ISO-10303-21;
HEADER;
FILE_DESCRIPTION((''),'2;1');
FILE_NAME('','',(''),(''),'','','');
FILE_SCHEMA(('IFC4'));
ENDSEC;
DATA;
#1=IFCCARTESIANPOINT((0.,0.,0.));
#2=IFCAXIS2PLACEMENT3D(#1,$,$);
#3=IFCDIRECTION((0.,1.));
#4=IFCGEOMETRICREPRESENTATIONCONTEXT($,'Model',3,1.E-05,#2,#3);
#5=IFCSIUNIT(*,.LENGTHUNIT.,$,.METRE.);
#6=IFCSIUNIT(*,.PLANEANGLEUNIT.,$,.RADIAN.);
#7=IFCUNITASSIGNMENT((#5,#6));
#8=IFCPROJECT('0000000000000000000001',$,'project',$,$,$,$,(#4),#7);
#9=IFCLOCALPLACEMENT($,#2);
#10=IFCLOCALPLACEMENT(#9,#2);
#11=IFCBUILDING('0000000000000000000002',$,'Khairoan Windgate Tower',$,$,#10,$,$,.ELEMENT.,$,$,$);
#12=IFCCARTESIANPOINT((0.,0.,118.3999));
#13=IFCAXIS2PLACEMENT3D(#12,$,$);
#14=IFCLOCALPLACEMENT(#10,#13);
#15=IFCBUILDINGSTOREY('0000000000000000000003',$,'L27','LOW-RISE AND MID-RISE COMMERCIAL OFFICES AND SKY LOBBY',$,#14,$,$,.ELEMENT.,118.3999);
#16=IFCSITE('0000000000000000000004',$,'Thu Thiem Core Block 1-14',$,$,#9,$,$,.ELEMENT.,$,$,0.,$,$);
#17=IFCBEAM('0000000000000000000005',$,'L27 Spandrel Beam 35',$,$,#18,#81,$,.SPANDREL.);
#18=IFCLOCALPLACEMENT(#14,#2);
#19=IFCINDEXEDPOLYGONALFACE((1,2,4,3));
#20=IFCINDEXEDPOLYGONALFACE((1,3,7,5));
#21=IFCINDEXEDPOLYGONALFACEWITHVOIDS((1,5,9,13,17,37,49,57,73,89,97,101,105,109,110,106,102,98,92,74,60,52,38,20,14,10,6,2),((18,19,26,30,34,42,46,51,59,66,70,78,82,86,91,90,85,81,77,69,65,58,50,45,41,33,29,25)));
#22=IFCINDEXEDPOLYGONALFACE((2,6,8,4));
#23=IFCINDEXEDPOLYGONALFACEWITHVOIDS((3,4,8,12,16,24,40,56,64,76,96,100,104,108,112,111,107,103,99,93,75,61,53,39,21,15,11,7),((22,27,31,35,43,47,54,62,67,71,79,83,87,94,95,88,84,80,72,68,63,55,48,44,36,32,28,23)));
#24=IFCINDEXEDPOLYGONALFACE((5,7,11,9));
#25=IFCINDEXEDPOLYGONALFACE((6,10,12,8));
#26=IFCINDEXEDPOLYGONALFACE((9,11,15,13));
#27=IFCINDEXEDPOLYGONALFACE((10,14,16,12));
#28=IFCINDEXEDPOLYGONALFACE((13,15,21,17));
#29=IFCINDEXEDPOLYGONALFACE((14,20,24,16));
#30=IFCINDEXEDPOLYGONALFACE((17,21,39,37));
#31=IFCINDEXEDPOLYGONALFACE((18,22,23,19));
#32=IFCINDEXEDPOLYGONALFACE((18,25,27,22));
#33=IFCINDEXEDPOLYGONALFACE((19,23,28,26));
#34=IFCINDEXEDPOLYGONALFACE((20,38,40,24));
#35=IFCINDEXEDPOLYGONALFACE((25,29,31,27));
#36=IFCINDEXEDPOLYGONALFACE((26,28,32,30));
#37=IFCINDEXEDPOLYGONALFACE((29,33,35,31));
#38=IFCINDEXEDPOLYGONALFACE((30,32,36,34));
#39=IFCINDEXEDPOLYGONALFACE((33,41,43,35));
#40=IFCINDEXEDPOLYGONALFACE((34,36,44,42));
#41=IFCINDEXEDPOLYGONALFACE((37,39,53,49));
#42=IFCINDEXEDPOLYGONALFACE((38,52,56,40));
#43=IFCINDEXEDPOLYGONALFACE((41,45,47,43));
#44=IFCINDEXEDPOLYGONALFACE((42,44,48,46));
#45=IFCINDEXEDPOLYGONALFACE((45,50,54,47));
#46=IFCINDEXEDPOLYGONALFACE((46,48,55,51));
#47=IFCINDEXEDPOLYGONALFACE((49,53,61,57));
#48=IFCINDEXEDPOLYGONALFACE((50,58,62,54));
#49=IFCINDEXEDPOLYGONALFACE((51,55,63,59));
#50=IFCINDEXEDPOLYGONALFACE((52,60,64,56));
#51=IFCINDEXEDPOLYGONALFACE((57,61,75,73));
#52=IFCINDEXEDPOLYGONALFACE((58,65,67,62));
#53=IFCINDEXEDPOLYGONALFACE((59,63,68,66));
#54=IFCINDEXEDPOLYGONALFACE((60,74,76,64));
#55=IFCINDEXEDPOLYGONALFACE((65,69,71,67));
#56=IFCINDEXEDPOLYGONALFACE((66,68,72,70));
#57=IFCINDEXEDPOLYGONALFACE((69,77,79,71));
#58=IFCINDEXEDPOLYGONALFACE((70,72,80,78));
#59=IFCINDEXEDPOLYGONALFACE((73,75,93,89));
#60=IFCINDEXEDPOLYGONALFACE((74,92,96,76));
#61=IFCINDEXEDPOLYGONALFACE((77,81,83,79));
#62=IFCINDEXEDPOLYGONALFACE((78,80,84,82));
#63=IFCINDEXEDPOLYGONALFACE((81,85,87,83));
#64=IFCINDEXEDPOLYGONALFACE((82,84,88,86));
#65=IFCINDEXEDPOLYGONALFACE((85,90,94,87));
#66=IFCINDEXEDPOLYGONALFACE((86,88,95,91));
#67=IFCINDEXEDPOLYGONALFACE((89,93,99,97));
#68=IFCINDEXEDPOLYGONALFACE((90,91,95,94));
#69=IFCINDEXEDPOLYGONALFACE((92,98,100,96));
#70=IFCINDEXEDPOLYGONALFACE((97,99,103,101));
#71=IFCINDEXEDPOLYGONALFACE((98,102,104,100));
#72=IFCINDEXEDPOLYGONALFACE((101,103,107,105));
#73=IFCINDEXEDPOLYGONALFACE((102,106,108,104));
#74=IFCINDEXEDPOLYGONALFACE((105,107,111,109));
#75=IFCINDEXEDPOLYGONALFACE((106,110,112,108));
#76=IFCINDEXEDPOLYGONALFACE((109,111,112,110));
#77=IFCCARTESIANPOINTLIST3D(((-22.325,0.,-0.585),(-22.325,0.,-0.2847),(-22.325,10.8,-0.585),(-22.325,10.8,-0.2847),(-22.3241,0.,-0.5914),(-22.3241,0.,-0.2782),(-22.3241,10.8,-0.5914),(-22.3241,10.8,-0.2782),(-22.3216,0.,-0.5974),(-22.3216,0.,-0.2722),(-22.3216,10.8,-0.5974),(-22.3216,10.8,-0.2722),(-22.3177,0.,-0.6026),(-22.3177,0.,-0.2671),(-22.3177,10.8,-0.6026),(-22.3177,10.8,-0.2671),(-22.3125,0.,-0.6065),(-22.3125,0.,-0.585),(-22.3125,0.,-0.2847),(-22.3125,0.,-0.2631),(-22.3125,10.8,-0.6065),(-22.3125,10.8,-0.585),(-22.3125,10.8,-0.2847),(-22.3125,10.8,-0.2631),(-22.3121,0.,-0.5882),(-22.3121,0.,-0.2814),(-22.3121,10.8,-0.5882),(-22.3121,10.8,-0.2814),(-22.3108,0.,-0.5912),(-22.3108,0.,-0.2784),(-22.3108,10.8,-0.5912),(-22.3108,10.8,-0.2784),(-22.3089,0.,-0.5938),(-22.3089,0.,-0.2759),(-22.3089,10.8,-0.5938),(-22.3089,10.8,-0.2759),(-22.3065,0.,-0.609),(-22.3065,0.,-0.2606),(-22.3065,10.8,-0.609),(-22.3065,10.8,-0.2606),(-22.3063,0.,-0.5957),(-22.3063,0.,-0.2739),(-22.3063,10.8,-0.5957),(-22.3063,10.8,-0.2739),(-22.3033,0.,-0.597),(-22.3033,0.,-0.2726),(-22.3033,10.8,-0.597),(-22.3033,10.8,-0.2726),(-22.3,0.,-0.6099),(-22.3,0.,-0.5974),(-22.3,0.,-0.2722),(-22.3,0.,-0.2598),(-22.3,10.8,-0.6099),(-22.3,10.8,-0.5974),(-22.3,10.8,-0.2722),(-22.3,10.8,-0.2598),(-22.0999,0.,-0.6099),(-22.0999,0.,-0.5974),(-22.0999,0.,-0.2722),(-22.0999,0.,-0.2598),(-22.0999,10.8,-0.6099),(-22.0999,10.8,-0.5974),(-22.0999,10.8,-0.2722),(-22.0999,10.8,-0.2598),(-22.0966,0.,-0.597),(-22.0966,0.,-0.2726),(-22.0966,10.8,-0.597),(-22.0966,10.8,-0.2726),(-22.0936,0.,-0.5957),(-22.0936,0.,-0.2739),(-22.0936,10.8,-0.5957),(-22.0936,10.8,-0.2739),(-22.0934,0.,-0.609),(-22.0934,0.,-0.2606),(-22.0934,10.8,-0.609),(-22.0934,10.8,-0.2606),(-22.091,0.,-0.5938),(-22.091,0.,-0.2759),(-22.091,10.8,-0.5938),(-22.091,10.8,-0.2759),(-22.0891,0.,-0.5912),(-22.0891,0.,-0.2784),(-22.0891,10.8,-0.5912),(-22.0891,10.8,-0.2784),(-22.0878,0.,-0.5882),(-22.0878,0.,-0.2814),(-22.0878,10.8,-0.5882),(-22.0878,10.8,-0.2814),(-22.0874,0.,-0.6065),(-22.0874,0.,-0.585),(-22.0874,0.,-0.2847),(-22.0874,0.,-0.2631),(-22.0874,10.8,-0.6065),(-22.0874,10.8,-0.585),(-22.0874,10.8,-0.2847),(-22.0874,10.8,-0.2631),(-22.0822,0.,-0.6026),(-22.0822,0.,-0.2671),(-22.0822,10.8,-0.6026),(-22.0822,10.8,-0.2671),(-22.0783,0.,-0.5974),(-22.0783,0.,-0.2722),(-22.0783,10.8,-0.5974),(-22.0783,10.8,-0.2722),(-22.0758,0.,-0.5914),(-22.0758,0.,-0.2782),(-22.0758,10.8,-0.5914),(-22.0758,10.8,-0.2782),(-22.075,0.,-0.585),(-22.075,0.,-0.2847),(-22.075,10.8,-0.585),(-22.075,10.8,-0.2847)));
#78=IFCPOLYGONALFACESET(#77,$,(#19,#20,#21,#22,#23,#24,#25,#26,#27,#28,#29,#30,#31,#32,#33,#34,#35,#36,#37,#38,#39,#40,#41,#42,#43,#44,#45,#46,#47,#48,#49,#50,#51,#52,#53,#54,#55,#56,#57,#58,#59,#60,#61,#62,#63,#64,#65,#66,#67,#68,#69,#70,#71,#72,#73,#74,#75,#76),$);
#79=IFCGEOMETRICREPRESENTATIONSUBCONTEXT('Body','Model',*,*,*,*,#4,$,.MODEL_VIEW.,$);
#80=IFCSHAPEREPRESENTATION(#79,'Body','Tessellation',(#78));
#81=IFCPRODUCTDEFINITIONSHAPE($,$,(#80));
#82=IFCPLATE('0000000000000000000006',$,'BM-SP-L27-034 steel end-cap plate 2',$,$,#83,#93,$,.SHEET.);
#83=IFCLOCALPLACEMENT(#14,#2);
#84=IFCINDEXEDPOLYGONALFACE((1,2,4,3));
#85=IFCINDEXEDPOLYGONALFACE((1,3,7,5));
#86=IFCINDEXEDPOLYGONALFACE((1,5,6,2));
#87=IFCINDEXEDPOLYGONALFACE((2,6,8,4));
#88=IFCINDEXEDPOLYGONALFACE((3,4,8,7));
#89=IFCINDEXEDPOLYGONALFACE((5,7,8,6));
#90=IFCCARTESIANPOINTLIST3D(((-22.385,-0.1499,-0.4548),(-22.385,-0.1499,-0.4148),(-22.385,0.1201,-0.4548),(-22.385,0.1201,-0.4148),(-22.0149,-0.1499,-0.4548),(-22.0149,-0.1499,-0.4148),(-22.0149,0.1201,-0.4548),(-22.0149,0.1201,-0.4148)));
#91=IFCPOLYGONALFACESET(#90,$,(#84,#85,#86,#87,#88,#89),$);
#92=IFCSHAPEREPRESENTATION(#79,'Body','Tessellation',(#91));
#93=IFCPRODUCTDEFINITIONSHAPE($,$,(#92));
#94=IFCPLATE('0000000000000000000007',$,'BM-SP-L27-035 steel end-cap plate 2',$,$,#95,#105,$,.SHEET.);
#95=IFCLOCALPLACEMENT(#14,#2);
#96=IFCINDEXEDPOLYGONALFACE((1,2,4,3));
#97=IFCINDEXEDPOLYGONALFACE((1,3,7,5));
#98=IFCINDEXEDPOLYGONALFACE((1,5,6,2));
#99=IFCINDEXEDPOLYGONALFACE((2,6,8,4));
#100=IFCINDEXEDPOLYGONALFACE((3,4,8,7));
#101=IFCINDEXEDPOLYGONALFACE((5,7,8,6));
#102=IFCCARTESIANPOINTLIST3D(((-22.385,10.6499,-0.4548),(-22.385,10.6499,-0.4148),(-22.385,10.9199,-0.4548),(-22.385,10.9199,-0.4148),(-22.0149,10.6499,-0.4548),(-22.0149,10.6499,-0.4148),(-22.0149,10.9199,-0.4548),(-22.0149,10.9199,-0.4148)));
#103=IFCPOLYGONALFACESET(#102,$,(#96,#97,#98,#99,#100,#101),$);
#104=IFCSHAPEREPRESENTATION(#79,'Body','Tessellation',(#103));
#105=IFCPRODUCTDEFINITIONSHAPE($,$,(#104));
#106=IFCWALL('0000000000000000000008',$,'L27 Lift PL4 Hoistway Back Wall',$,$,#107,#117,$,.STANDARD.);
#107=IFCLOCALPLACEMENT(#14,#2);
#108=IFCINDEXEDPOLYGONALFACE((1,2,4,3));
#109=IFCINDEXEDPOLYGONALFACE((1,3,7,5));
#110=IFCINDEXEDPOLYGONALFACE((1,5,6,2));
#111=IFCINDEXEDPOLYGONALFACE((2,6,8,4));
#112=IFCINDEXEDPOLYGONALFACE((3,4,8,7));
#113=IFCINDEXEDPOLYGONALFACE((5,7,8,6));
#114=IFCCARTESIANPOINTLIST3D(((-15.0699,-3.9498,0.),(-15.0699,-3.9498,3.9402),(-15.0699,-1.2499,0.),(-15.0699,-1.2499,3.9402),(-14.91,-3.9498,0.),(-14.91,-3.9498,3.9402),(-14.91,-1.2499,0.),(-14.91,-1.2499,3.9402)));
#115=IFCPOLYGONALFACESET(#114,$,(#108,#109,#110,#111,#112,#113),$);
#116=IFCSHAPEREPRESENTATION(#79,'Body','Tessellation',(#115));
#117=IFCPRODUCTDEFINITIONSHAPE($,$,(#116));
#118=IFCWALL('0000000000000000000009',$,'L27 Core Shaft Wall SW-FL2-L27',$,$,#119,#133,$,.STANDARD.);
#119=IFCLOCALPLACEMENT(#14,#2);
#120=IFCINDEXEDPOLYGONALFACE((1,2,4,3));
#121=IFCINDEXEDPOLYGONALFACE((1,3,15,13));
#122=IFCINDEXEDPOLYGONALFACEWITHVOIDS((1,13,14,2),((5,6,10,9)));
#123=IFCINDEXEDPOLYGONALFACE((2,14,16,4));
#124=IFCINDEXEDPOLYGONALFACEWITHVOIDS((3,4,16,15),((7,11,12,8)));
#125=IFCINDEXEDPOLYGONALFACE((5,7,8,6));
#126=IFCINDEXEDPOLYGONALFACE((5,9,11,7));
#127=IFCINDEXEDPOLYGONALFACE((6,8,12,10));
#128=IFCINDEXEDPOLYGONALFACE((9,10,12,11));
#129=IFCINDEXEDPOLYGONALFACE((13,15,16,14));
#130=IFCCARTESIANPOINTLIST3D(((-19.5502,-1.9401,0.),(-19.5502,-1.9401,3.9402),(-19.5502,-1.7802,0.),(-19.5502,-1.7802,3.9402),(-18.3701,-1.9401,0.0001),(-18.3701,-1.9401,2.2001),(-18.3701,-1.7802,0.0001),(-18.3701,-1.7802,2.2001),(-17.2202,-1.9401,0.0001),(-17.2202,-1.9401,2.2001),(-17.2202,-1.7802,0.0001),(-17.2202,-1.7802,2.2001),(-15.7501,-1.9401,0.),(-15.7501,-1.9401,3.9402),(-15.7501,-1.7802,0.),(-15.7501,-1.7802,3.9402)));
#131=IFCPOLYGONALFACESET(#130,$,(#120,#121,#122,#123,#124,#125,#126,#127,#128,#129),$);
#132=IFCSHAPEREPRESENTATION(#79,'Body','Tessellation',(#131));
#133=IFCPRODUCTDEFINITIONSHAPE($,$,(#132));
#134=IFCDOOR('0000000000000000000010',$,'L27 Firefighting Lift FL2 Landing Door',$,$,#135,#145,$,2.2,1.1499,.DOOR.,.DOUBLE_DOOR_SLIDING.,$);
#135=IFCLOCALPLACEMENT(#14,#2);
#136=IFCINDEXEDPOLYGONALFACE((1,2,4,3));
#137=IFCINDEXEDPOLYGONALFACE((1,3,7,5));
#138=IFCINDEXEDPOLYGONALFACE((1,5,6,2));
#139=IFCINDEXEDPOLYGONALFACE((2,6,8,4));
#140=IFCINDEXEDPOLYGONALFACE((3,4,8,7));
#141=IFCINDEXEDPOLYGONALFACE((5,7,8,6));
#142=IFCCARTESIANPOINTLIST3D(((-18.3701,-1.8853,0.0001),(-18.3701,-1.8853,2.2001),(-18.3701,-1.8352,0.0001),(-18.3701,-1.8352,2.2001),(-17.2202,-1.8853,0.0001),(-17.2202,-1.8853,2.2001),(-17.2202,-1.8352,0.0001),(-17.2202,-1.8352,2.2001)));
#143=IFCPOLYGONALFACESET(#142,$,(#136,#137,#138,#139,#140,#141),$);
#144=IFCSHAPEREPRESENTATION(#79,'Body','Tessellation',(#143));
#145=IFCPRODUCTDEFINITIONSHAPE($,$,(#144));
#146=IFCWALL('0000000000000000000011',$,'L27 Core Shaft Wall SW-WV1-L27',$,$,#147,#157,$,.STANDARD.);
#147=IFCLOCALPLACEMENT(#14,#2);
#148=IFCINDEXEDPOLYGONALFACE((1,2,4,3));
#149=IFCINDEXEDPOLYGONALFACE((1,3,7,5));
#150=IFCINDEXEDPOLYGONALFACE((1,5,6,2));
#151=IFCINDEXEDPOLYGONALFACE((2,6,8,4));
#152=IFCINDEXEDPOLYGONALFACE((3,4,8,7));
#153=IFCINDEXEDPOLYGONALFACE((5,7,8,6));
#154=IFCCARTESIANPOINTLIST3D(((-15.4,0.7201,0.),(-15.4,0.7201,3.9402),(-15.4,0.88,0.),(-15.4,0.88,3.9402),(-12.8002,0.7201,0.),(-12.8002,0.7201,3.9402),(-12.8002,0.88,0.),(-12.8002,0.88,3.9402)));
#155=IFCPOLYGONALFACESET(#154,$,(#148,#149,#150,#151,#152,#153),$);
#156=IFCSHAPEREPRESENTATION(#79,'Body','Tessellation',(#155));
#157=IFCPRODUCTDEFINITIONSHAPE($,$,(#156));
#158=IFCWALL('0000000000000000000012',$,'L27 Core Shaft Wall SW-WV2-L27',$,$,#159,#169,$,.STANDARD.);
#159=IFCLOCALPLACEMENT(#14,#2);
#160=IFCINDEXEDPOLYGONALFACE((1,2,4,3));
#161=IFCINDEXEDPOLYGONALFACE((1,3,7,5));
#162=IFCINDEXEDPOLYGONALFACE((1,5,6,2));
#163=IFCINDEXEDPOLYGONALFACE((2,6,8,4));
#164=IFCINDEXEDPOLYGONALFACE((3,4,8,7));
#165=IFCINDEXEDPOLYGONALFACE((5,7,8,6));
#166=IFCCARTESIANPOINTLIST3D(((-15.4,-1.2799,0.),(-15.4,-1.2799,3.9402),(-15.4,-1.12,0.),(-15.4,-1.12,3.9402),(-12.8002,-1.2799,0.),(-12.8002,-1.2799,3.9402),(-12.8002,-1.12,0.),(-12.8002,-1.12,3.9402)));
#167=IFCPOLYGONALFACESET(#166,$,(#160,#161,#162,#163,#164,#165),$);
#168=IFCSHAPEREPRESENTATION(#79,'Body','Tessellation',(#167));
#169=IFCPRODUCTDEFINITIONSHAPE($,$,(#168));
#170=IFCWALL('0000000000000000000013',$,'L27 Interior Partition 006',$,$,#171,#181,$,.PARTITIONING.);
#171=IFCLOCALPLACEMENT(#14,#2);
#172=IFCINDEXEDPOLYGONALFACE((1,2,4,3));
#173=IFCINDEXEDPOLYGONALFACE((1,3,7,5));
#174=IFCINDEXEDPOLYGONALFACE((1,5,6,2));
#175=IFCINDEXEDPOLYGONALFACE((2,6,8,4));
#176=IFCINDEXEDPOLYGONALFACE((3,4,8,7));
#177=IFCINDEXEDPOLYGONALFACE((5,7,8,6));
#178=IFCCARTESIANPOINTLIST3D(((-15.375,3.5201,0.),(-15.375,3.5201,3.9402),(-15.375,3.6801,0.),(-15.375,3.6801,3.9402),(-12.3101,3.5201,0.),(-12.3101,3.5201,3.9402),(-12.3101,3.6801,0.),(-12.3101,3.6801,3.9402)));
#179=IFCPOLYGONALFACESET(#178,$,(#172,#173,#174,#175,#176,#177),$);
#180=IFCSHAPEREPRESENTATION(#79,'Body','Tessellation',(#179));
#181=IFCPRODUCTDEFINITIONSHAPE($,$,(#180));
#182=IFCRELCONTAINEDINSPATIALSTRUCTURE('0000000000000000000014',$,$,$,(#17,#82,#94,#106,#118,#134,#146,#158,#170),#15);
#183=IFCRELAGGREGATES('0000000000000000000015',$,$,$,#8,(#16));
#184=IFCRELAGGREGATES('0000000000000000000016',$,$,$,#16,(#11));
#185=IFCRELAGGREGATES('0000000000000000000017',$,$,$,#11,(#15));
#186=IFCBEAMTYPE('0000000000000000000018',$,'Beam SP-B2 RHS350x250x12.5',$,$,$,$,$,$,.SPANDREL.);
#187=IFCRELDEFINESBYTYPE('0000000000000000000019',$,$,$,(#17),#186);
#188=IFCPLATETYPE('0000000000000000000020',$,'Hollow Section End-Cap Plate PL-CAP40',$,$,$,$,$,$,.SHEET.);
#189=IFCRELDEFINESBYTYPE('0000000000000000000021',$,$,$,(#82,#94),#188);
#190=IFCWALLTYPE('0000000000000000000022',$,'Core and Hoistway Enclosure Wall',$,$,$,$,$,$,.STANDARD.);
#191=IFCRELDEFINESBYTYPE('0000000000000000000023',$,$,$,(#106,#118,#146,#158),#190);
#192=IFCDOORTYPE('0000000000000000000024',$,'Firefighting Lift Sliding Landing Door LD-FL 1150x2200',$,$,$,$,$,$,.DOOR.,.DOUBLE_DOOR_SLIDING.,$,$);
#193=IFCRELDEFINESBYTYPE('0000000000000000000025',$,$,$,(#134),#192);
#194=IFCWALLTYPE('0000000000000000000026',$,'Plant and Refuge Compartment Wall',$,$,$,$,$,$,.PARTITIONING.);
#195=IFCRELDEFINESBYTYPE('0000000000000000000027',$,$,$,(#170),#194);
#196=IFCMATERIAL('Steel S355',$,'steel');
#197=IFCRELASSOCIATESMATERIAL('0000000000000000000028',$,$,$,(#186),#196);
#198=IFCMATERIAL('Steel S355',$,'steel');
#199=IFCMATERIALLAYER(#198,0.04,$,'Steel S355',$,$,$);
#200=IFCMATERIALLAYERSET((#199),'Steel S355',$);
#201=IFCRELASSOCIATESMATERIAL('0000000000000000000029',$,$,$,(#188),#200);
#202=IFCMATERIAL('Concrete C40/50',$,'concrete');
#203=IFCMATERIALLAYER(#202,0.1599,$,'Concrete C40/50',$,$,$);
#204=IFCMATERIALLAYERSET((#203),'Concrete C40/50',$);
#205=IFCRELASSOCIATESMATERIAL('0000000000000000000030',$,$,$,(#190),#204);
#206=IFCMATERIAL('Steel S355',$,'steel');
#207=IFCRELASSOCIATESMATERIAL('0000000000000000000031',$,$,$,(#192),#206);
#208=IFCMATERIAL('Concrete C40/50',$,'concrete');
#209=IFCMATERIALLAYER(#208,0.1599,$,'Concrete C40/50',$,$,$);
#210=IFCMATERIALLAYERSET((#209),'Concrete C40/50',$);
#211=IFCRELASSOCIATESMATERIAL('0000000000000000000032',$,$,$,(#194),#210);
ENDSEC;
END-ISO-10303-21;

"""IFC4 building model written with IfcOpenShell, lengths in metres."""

from ifc_helpers import new_model, si_unit, direction, frame, frame_2d, origin, origin_2d, place, context, subcontext, project, spatial, rectangle, hollow_rectangle, extrude, material, layer, layer_set, material_profile, profile_set, type_object, element, fill, save


model = new_model("IFC4")

# Units and contexts
model_context = context("Model", 3, precision=1e-05, world=origin(), true_north=direction((0.0, 1.0)))
body_context = subcontext(model_context, "Body", "Model", "MODEL_VIEW")
ifc_project = project(units=[si_unit("LENGTHUNIT", "METRE"), si_unit("PLANEANGLEUNIT", "RADIAN")], contexts=[model_context])

# Site, building, storey
site_placement = place(None, origin())
site = spatial("IfcSite", under=ifc_project, at=site_placement, Name="Thu Thiem Core Block 1-14", CompositionType="ELEMENT", RefElevation=0.0)
building_placement = place(site_placement, origin())
building = spatial("IfcBuilding", under=site, at=building_placement, Name="Khairoan Windgate Tower", CompositionType="ELEMENT")
storey_placement = place(building_placement, frame((0.0, 0.0, 118.3999)))
storey = spatial("IfcBuildingStorey", under=building, at=storey_placement, Name="L27", Description="LOW-RISE AND MID-RISE COMMERCIAL OFFICES AND SKY LOBBY", CompositionType="ELEMENT", Elevation=118.3999)

# Beam
ifc_material_1 = material(Name="Steel S355", Category="steel")
ifc_material_profile_1 = material_profile(ifc_material_1, hollow_rectangle(XDim=0.25, YDim=0.3501, WallThickness=0.0125, InnerFilletRadius=0.0125, OuterFilletRadius=0.0249, at=origin_2d()))
ifc_profile_set_1 = profile_set([ifc_material_profile_1], Name="Steel S355")
beam_type_1 = type_object("IfcBeamType", Name="Beam SP-B2 RHS350x250x12.5", PredefinedType="SPANDREL", material=ifc_profile_set_1)
beam_1_placement = place(storey_placement, frame((-22.2, 0.0, -0.4348), z_axis=(0.0, 1.0, 0.0), x_axis=(-1.0, 0.0, 0.0)))
element("IfcBeam", 1, at=beam_1_placement, inside=storey, type_object=beam_type_1, Name="L27 Spandrel Beam 35", PredefinedType="SPANDREL", context=body_context, shape_type="SweptSolid", body=[
    extrude(hollow_rectangle(XDim=0.25, YDim=0.3501, WallThickness=0.0125, InnerFilletRadius=0.0125, OuterFilletRadius=0.0249, at=origin_2d()), origin(), (0.0, 0.0, 1.0), 10.8),
])

# Plates
ifc_material_2 = material(Name="Steel S355", Category="steel")
ifc_layer_1 = layer(ifc_material_2, 0.04, Name="Steel S355")
ifc_layer_set_1 = layer_set([ifc_layer_1], Name="Steel S355")
plate_type = type_object("IfcPlateType", Name="Hollow Section End-Cap Plate PL-CAP40", PredefinedType="SHEET", material=ifc_layer_set_1)
for number, where, z_axis, x_axis, name in (
    (2, (-22.2, -0.0149, -0.4548), (0.0, 0.0, 1.0), (0.0, 1.0, 0.0), "BM-SP-L27-034 steel end-cap plate 2"),
    (3, (-22.2, 10.7849, -0.4548), (0.0, 0.0, 1.0), (0.0, 1.0, 0.0), "BM-SP-L27-035 steel end-cap plate 2"),
):
    element("IfcPlate", number, at=place(storey_placement, frame(where, z_axis=z_axis, x_axis=x_axis)), inside=storey, type_object=plate_type, Name=name, PredefinedType="SHEET", context=body_context, shape_type="SweptSolid", body=[
        extrude(rectangle(XDim=0.27, YDim=0.3701, at=origin_2d()), origin(), (0.0, 0.0, 1.0), 0.04),
    ])

# Wall
ifc_material_3 = material(Name="Concrete C40/50", Category="concrete")
ifc_layer_2 = layer(ifc_material_3, 0.1599, Name="Concrete C40/50")
ifc_layer_set_2 = layer_set([ifc_layer_2], Name="Concrete C40/50")
wall_type_1 = type_object("IfcWallType", Name="Core and Hoistway Enclosure Wall", PredefinedType="STANDARD", material=ifc_layer_set_2)
wall_1_placement = place(storey_placement, frame((-14.99, -3.95, 0.0), z_axis=(0.0, 0.0, 1.0), x_axis=(0.0, 1.0, 0.0)))
element("IfcWall", 4, at=wall_1_placement, inside=storey, type_object=wall_type_1, Name="L27 Lift PL4 Hoistway Back Wall", PredefinedType="STANDARD", context=body_context, shape_type="SweptSolid", body=[
    extrude(rectangle(XDim=2.7, YDim=0.1599, at=frame_2d((1.3501, 0.0))), origin(), (0.0, 0.0, 1.0), 3.9402),
])

# Wall, opening, door
wall_2_placement = place(storey_placement, frame((-19.55, -1.8601, 0.0), z_axis=(0.0, 0.0, 1.0), x_axis=(1.0, 0.0, 0.0)))
wall_2 = element("IfcWall", 5, at=wall_2_placement, inside=storey, type_object=wall_type_1, Name="L27 Core Shaft Wall SW-FL2-L27", PredefinedType="STANDARD", context=body_context, shape_type="SweptSolid", body=[
    extrude(rectangle(XDim=3.8, YDim=0.1599, at=frame_2d((1.8999, 0.0))), origin(), (0.0, 0.0, 1.0), 3.9402),
])
opening_1_placement = place(wall_2_placement, frame((1.1799, 0.0, 0.0)))
opening_1 = element("IfcOpeningElement", 6, at=opening_1_placement, cuts=wall_2, PredefinedType="OPENING", context=body_context, shape_type="SweptSolid", body=[
    extrude(rectangle(XDim=1.1499, YDim=2.2, at=frame_2d((0.575, 1.1001))), frame((0.0, 0.0898, 0.0), z_axis=(0.0, -1.0, 0.0), x_axis=(1.0, 0.0, 0.0)), (0.0, 0.0, 1.0), 0.1799),
])
ifc_material_4 = material(Name="Steel S355", Category="steel")
door_type_1 = type_object("IfcDoorType", Name="Firefighting Lift Sliding Landing Door LD-FL 1150x2200", OperationType="DOUBLE_DOOR_SLIDING", PredefinedType="DOOR", material=ifc_material_4)
door_1_placement = place(opening_1_placement, origin())
door_1 = element("IfcDoor", 7, at=door_1_placement, inside=storey, type_object=door_type_1, Name="L27 Firefighting Lift FL2 Landing Door", OperationType="DOUBLE_DOOR_SLIDING", OverallHeight=2.2, OverallWidth=1.1499, PredefinedType="DOOR", context=body_context, shape_type="SweptSolid", body=[
    extrude(rectangle(XDim=1.1499, YDim=2.2, at=frame_2d((0.575, 1.1001))), frame((0.0, 0.0249, 0.0), z_axis=(0.0, -1.0, 0.0), x_axis=(1.0, 0.0, 0.0)), (0.0, 0.0, 1.0), 0.05),
])
fill(opening_1, door_1)

# Walls
for number, where, z_axis, x_axis, name in (
    (8, (-15.3999, 0.8, 0.0), (0.0, 0.0, 1.0), (1.0, 0.0, 0.0), "L27 Core Shaft Wall SW-WV1-L27"),
    (9, (-15.3999, -1.2, 0.0), (0.0, 0.0, 1.0), (1.0, 0.0, 0.0), "L27 Core Shaft Wall SW-WV2-L27"),
):
    element("IfcWall", number, at=place(storey_placement, frame(where, z_axis=z_axis, x_axis=x_axis)), inside=storey, type_object=wall_type_1, Name=name, PredefinedType="STANDARD", context=body_context, shape_type="SweptSolid", body=[
        extrude(rectangle(XDim=2.5999, YDim=0.1599, at=frame_2d((1.2998, 0.0))), origin(), (0.0, 0.0, 1.0), 3.9402),
    ])
ifc_material_5 = material(Name="Concrete C40/50", Category="concrete")
ifc_layer_3 = layer(ifc_material_5, 0.1599, Name="Concrete C40/50")
ifc_layer_set_3 = layer_set([ifc_layer_3], Name="Concrete C40/50")
wall_type_2 = type_object("IfcWallType", Name="Plant and Refuge Compartment Wall", PredefinedType="PARTITIONING", material=ifc_layer_set_3)
wall_3_placement = place(storey_placement, frame((-15.375, 3.6001, 0.0), z_axis=(0.0, 0.0, 1.0), x_axis=(1.0, 0.0, 0.0)))
element("IfcWall", 10, at=wall_3_placement, inside=storey, type_object=wall_type_2, Name="L27 Interior Partition 006", PredefinedType="PARTITIONING", context=body_context, shape_type="SweptSolid", body=[
    extrude(rectangle(XDim=3.0649, YDim=0.1599, at=frame_2d((1.5325, 0.0))), origin(), (0.0, 0.0, 1.0), 3.9402),
])

save(model, "model.ifc")
